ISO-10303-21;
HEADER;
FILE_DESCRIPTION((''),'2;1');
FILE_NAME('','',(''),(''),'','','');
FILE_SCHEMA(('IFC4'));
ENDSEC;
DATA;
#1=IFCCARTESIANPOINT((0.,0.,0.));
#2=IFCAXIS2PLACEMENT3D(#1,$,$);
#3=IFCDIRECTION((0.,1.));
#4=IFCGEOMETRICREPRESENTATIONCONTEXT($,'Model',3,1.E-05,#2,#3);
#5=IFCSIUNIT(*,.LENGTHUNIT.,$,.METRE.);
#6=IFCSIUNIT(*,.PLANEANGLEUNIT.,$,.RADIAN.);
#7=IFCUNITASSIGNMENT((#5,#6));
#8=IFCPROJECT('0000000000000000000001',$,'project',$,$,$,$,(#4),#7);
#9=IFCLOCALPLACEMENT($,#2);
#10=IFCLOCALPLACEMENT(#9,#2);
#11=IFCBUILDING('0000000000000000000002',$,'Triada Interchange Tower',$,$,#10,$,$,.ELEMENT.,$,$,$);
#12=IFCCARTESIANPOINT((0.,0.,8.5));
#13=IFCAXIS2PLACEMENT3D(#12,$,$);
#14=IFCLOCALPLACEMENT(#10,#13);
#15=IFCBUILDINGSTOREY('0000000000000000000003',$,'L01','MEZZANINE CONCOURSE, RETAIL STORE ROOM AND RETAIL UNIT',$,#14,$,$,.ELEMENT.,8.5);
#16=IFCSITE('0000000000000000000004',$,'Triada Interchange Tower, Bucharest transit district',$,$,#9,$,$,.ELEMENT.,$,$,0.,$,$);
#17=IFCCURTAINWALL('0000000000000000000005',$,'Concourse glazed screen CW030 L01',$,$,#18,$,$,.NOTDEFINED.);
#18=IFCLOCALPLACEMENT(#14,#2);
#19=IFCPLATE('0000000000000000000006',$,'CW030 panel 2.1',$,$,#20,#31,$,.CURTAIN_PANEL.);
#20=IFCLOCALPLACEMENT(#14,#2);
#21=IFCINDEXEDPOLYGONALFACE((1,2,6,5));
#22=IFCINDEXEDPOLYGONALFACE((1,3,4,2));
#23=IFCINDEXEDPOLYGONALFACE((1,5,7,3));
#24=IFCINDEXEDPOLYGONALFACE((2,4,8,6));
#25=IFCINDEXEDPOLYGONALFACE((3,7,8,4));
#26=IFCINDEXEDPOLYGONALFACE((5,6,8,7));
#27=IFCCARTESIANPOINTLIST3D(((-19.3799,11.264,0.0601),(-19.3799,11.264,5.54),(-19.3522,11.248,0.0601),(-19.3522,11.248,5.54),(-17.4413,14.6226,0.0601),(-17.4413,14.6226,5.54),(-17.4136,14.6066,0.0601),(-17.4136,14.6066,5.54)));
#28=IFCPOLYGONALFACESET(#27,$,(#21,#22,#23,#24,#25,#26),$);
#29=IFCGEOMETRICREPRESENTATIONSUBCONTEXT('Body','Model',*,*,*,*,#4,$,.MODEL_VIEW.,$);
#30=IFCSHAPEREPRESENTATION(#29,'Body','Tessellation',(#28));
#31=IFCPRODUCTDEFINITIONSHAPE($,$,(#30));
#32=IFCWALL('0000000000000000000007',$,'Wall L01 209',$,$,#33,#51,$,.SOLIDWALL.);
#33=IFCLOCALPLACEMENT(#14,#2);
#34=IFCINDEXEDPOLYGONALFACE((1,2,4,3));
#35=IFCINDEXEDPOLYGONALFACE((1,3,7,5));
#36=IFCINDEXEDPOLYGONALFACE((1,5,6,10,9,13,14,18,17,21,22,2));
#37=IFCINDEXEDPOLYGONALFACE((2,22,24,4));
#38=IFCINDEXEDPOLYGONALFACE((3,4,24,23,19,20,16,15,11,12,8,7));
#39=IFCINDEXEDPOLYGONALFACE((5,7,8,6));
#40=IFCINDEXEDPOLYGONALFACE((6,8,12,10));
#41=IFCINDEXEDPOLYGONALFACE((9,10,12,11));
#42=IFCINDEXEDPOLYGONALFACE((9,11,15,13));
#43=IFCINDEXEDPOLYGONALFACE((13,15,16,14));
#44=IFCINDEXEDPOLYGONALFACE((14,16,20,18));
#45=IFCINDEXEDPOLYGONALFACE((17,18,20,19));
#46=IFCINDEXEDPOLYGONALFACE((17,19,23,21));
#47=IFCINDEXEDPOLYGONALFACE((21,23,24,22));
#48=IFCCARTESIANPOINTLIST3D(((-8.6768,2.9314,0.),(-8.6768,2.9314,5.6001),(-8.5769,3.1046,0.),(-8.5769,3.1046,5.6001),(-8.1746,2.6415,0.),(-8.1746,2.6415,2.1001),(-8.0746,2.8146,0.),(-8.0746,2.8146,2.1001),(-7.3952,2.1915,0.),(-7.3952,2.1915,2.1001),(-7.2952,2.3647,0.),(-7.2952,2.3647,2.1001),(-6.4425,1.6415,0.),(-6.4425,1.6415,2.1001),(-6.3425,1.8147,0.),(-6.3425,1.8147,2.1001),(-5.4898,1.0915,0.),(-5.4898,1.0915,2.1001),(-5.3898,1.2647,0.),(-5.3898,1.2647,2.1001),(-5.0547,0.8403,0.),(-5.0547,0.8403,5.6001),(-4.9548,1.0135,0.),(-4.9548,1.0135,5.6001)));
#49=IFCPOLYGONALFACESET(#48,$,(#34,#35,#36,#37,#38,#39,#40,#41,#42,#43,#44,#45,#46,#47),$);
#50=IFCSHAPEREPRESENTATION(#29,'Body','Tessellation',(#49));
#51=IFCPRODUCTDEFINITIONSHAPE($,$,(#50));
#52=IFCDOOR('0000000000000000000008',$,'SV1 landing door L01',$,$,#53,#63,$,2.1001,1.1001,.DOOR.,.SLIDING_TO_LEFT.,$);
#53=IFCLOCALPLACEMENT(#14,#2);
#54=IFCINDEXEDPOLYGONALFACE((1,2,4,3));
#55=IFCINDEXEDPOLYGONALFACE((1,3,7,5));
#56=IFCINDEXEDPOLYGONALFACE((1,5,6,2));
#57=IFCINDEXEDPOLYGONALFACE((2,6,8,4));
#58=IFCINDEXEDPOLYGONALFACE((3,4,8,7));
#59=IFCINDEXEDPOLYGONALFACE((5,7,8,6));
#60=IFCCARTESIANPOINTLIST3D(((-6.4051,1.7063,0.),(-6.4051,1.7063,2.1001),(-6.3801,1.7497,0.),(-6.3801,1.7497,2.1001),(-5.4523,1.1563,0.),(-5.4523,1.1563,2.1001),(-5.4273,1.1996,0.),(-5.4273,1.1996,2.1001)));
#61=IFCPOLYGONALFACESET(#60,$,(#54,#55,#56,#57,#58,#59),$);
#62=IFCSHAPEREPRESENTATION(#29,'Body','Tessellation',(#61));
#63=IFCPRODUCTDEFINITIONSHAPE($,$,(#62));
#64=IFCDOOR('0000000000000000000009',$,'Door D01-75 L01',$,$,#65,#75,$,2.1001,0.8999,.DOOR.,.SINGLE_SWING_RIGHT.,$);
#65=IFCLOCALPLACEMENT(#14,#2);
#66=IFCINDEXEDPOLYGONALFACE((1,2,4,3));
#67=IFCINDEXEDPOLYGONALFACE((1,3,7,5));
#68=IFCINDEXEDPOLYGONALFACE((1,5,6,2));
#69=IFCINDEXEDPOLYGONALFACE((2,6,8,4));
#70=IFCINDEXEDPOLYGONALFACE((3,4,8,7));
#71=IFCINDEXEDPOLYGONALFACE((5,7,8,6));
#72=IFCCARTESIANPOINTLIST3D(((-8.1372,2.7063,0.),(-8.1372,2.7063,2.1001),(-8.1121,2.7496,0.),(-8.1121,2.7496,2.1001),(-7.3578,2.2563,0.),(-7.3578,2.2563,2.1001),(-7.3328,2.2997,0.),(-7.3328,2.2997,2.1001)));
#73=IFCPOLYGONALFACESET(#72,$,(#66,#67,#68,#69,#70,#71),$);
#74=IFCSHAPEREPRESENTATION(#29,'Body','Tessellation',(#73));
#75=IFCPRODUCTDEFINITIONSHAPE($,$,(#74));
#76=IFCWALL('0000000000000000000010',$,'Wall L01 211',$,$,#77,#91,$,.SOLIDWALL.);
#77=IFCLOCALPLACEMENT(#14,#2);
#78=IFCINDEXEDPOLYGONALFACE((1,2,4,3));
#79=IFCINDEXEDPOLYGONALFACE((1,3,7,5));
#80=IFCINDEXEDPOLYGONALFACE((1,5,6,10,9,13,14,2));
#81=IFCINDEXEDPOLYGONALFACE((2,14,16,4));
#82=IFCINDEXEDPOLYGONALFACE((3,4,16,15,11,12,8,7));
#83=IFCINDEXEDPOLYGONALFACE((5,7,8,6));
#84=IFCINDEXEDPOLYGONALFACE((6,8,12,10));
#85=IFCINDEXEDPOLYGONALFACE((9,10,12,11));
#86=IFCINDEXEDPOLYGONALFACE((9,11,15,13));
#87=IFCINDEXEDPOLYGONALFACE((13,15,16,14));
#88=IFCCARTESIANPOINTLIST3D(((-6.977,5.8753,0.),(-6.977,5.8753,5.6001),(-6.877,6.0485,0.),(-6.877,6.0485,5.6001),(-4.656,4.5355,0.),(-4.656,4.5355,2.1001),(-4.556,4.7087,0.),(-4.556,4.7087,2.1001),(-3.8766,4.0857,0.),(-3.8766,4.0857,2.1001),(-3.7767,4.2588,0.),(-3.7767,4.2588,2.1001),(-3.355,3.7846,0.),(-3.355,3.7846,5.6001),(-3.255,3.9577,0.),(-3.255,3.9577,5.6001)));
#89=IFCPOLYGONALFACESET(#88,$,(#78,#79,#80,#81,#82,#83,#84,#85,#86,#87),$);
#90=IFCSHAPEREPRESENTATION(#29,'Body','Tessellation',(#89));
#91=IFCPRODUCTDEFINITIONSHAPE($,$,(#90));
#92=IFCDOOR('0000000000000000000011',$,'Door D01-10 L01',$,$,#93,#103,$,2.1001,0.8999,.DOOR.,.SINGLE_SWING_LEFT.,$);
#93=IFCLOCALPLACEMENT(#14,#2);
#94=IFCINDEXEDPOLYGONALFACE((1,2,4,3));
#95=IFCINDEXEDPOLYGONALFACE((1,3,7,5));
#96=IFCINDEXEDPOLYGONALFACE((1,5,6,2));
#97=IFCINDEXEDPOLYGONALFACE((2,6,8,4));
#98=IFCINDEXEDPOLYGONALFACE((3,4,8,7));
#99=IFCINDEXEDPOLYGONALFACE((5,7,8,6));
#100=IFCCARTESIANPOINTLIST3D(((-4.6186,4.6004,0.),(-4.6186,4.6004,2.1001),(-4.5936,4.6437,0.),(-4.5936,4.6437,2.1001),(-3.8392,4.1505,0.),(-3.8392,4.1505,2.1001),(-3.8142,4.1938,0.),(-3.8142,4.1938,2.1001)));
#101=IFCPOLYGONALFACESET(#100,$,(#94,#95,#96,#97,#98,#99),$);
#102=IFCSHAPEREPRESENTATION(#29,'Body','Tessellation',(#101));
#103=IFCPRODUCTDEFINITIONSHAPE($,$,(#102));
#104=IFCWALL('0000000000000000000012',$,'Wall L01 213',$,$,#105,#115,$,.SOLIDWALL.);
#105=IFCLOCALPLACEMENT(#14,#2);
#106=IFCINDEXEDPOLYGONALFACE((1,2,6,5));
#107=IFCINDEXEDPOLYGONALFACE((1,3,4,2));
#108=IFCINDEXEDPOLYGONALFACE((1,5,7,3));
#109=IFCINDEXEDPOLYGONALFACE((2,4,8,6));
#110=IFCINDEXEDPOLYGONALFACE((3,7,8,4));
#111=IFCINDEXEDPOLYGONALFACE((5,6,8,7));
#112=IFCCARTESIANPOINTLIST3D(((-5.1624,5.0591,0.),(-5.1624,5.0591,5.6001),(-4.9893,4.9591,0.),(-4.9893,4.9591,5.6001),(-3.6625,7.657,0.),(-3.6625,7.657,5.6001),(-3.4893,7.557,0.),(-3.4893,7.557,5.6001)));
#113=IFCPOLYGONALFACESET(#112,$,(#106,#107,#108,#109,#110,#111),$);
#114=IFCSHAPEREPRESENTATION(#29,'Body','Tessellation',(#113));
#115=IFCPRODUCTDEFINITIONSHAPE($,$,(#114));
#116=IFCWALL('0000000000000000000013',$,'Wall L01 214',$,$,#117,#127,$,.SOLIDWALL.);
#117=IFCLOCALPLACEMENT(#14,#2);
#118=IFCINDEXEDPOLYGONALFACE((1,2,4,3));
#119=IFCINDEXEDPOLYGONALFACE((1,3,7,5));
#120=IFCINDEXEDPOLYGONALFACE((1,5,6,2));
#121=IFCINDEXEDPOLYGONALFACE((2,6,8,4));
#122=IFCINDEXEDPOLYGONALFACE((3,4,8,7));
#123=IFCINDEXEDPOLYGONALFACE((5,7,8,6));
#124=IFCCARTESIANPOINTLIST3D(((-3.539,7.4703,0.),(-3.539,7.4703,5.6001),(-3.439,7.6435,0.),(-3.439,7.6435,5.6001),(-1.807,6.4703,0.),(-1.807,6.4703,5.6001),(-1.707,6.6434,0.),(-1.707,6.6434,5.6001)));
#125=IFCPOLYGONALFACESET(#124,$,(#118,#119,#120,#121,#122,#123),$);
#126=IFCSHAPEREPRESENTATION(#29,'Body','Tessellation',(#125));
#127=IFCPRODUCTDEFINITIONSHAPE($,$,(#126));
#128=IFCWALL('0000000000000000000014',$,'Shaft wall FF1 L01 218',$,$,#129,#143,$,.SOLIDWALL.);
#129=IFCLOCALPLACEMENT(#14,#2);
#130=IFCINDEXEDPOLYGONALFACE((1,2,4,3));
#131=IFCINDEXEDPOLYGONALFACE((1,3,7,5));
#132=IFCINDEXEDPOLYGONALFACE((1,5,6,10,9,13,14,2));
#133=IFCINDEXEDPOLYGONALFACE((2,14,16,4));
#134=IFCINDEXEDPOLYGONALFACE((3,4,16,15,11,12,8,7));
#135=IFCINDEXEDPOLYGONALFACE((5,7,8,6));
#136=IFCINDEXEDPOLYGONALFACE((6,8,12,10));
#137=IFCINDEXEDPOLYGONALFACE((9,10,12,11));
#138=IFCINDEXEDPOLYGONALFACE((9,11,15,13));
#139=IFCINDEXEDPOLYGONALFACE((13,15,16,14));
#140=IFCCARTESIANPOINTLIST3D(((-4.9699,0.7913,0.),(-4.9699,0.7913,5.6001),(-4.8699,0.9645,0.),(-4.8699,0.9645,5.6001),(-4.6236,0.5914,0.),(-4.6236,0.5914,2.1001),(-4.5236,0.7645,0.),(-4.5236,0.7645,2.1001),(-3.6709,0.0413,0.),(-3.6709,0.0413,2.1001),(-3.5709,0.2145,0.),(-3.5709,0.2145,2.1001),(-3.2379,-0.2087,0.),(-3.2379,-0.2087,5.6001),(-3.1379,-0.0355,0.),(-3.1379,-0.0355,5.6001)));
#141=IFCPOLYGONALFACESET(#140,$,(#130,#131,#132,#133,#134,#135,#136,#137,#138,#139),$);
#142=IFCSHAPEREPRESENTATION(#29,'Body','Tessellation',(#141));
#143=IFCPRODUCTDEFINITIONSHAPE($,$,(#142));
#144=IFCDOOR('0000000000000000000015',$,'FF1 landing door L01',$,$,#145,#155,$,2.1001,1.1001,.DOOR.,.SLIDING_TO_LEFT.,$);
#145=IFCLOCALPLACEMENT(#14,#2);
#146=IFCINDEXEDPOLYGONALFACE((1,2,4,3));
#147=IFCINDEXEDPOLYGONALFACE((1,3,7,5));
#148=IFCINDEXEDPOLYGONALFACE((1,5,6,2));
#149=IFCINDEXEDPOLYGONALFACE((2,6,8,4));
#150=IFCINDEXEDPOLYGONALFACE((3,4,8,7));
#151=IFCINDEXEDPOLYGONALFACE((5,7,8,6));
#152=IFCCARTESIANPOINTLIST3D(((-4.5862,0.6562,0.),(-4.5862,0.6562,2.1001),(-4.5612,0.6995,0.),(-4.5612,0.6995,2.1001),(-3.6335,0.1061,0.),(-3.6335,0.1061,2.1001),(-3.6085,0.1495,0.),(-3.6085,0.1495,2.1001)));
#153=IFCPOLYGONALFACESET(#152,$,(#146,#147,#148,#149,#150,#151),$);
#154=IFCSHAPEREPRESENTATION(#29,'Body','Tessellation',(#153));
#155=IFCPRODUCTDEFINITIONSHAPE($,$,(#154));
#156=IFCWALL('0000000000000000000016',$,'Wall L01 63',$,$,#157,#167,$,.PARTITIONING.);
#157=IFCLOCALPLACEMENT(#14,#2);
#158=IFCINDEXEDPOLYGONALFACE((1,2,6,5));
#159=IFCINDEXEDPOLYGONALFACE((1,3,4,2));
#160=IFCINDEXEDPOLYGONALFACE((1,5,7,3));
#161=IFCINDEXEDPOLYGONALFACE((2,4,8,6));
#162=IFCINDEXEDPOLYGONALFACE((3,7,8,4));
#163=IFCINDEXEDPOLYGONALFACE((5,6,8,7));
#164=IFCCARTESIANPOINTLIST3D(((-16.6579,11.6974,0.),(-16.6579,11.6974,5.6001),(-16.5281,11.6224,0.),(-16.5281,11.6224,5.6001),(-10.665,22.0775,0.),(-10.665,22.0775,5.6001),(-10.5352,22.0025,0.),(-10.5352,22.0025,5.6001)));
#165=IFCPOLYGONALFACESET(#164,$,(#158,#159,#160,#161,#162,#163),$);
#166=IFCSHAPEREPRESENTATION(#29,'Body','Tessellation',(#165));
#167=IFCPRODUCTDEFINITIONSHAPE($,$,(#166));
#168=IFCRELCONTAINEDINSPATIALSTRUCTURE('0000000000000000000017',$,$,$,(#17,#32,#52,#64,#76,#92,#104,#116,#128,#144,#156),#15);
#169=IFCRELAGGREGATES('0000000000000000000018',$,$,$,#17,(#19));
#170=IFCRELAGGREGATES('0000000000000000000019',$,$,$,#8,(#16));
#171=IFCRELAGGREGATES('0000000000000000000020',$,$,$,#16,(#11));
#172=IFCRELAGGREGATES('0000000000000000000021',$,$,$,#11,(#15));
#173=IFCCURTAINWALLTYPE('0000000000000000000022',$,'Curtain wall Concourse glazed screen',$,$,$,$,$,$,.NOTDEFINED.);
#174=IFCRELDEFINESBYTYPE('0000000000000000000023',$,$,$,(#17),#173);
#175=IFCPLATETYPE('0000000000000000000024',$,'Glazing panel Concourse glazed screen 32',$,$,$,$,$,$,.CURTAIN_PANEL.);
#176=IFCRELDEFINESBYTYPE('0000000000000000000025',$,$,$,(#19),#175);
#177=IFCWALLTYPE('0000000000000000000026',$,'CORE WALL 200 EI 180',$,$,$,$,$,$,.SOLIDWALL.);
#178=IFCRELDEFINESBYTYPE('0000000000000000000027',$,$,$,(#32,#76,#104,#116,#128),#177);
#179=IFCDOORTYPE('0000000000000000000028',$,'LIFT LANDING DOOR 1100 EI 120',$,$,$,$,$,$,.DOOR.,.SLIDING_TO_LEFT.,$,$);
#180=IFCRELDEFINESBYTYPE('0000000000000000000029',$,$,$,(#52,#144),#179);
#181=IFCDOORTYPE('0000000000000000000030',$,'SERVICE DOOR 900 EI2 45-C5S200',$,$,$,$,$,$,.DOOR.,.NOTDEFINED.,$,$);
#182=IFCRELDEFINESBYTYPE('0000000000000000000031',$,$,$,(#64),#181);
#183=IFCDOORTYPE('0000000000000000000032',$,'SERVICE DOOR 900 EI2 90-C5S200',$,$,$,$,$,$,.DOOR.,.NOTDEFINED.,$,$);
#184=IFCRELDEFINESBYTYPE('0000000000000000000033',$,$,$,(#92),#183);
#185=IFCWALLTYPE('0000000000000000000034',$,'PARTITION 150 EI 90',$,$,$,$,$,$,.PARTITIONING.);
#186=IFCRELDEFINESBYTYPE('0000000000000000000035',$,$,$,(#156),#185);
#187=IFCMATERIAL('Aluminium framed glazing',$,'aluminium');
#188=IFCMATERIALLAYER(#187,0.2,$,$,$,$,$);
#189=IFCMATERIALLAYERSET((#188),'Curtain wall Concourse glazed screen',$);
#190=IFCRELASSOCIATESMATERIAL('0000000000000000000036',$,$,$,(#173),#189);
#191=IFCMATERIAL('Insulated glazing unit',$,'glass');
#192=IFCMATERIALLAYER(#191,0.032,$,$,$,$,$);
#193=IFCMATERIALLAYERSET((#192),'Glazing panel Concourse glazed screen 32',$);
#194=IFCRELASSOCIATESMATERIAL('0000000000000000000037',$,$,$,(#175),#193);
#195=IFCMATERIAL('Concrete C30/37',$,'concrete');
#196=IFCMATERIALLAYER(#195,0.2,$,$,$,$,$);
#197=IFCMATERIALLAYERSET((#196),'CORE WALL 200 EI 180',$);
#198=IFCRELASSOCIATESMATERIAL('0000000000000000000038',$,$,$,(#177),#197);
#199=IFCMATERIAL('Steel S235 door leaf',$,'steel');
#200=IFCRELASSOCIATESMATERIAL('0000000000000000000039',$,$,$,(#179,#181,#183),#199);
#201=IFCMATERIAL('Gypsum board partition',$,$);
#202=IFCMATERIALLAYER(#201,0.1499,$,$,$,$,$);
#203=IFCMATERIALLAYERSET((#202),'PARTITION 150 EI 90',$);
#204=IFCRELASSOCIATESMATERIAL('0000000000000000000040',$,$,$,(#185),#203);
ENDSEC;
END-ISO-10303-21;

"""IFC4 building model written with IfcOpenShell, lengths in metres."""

from ifc_helpers import new_model, si_unit, direction, frame, frame_2d, origin, origin_2d, place, context, subcontext, project, spatial, rectangle, extrude, material, layer, layer_set, type_object, element, fill, aggregate, save


model = new_model("IFC4")

# Units and contexts
model_context = context("Model", 3, precision=1e-05, world=origin(), true_north=direction((0.0, 1.0)))
body_context = subcontext(model_context, "Body", "Model", "MODEL_VIEW")
ifc_project = project(units=[si_unit("LENGTHUNIT", "METRE"), si_unit("PLANEANGLEUNIT", "RADIAN")], contexts=[model_context])

# Site, building, storey
site_placement = place(None, origin())
site = spatial("IfcSite", under=ifc_project, at=site_placement, Name="Triada Interchange Tower, Bucharest transit district", CompositionType="ELEMENT", RefElevation=0.0)
building_placement = place(site_placement, origin())
building = spatial("IfcBuilding", under=site, at=building_placement, Name="Triada Interchange Tower", CompositionType="ELEMENT")
storey_placement = place(building_placement, frame((0.0, 0.0, 8.5)))
storey = spatial("IfcBuildingStorey", under=building, at=storey_placement, Name="L01", Description="MEZZANINE CONCOURSE, RETAIL STORE ROOM AND RETAIL UNIT", CompositionType="ELEMENT", Elevation=8.5)

# Curtain wall, plate
ifc_material_1 = material(Name="Aluminium framed glazing", Category="aluminium")
ifc_layer_1 = layer(ifc_material_1, 0.2)
ifc_layer_set_1 = layer_set([ifc_layer_1], Name="Curtain wall Concourse glazed screen")
curtain_wall_type = type_object("IfcCurtainWallType", Name="Curtain wall Concourse glazed screen", PredefinedType="NOTDEFINED", material=ifc_layer_set_1)
curtain_wall_placement = place(storey_placement, origin())
curtain_wall = element("IfcCurtainWall", 1, at=curtain_wall_placement, inside=storey, type_object=curtain_wall_type, Name="Concourse glazed screen CW030 L01", PredefinedType="NOTDEFINED")
ifc_material_2 = material(Name="Insulated glazing unit", Category="glass")
ifc_layer_2 = layer(ifc_material_2, 0.032)
ifc_layer_set_2 = layer_set([ifc_layer_2], Name="Glazing panel Concourse glazed screen 32")
plate_type = type_object("IfcPlateType", Name="Glazing panel Concourse glazed screen 32", PredefinedType="CURTAIN_PANEL", material=ifc_layer_set_2)
plate_placement = place(storey_placement, frame((-18.3967, 12.9353, 0.0601), z_axis=(0.0, 0.0, 1.0), x_axis=(-0.499893, -0.866087, 0.0)))
plate = element("IfcPlate", 2, at=plate_placement, type_object=plate_type, Name="CW030 panel 2.1", PredefinedType="CURTAIN_PANEL", context=body_context, shape_type="SweptSolid", body=[
    extrude(rectangle(XDim=3.8779, YDim=0.032, at=origin_2d()), origin(), (0.0, 0.0, 1.0), 5.48),
])
aggregate(curtain_wall, [plate])

# Wall, openings, doors
ifc_material_3 = material(Name="Concrete C30/37", Category="concrete")
ifc_layer_3 = layer(ifc_material_3, 0.2)
ifc_layer_set_3 = layer_set([ifc_layer_3], Name="CORE WALL 200 EI 180")
wall_type_1 = type_object("IfcWallType", Name="CORE WALL 200 EI 180", PredefinedType="SOLIDWALL", material=ifc_layer_set_3)
wall_1_placement = place(storey_placement, frame((-8.627, 3.0181, 0.0), z_axis=(0.0, 0.0, 1.0), x_axis=(0.86604, -0.499975, 0.0)))
wall_1 = element("IfcWall", 3, at=wall_1_placement, inside=storey, type_object=wall_type_1, Name="Wall L01 209", PredefinedType="SOLIDWALL", context=body_context, shape_type="SweptSolid", body=[
    extrude(rectangle(XDim=4.1824, YDim=0.2, at=frame_2d((2.0913, 0.0))), origin(), (0.0, 0.0, 1.0), 5.6001),
])
opening_1_placement = place(wall_1_placement, frame((2.5801, 0.0, 0.0)))
opening_1 = element("IfcOpeningElement", 4, at=opening_1_placement, cuts=wall_1, PredefinedType="OPENING", context=body_context, shape_type="SweptSolid", body=[
    extrude(rectangle(XDim=1.1001, YDim=2.1001, at=frame_2d((0.55, 1.05))), frame((0.0, 0.1099, 0.0), z_axis=(0.0, -1.0, 0.0), x_axis=(1.0, 0.0, 0.0)), (0.0, 0.0, 1.0), 0.22),
])
opening_2_placement = place(wall_1_placement, frame((0.5801, 0.0, 0.0)))
opening_2 = element("IfcOpeningElement", 5, at=opening_2_placement, cuts=wall_1, PredefinedType="OPENING", context=body_context, shape_type="SweptSolid", body=[
    extrude(rectangle(XDim=0.8999, YDim=2.1001, at=frame_2d((0.45, 1.05))), frame((0.0, 0.1099, 0.0), z_axis=(0.0, -1.0, 0.0), x_axis=(1.0, 0.0, 0.0)), (0.0, 0.0, 1.0), 0.22),
])
ifc_material_4 = material(Name="Steel S235 door leaf", Category="steel")
door_type_1 = type_object("IfcDoorType", Name="LIFT LANDING DOOR 1100 EI 120", OperationType="SLIDING_TO_LEFT", PredefinedType="DOOR", material=ifc_material_4)
door_1_placement = place(opening_1_placement, origin())
door_1 = element("IfcDoor", 6, at=door_1_placement, inside=storey, type_object=door_type_1, Name="SV1 landing door L01", OperationType="SLIDING_TO_LEFT", OverallHeight=2.1001, OverallWidth=1.1001, PredefinedType="DOOR", context=body_context, shape_type="SweptSolid", body=[
    extrude(rectangle(XDim=1.1001, YDim=2.1001, at=frame_2d((0.55, 1.05))), frame((0.0, 0.0249, 0.0), z_axis=(0.0, -1.0, 0.0), x_axis=(1.0, 0.0, 0.0)), (0.0, 0.0, 1.0), 0.05),
])
fill(opening_1, door_1)
door_type_2 = type_object("IfcDoorType", Name="SERVICE DOOR 900 EI2 45-C5S200", OperationType="NOTDEFINED", PredefinedType="DOOR", material=ifc_material_4)
door_2_placement = place(opening_2_placement, origin())
door_2 = element("IfcDoor", 7, at=door_2_placement, inside=storey, type_object=door_type_2, Name="Door D01-75 L01", OperationType="SINGLE_SWING_RIGHT", OverallHeight=2.1001, OverallWidth=0.8999, PredefinedType="DOOR", context=body_context, shape_type="SweptSolid", body=[
    extrude(rectangle(XDim=0.8999, YDim=2.1001, at=frame_2d((0.45, 1.05))), frame((0.0, 0.0249, 0.0), z_axis=(0.0, -1.0, 0.0), x_axis=(1.0, 0.0, 0.0)), (0.0, 0.0, 1.0), 0.05),
])
fill(opening_2, door_2)

# Wall, opening, door
wall_2_placement = place(storey_placement, frame((-6.927, 5.9619, 0.0), z_axis=(0.0, 0.0, 1.0), x_axis=(0.866065, -0.499931, 0.0)))
wall_2 = element("IfcWall", 8, at=wall_2_placement, inside=storey, type_object=wall_type_1, Name="Wall L01 211", PredefinedType="SOLIDWALL", context=body_context, shape_type="SweptSolid", body=[
    extrude(rectangle(XDim=4.1821, YDim=0.2, at=frame_2d((2.0911, 0.0))), origin(), (0.0, 0.0, 1.0), 5.6001),
])
opening_3_placement = place(wall_2_placement, frame((2.6799, 0.0, 0.0)))
opening_3 = element("IfcOpeningElement", 9, at=opening_3_placement, cuts=wall_2, PredefinedType="OPENING", context=body_context, shape_type="SweptSolid", body=[
    extrude(rectangle(XDim=0.8999, YDim=2.1001, at=frame_2d((0.45, 1.05))), frame((0.0, 0.1099, 0.0), z_axis=(0.0, -1.0, 0.0), x_axis=(1.0, 0.0, 0.0)), (0.0, 0.0, 1.0), 0.22),
])
door_type_3 = type_object("IfcDoorType", Name="SERVICE DOOR 900 EI2 90-C5S200", OperationType="NOTDEFINED", PredefinedType="DOOR", material=ifc_material_4)
door_3_placement = place(opening_3_placement, origin())
door_3 = element("IfcDoor", 10, at=door_3_placement, inside=storey, type_object=door_type_3, Name="Door D01-10 L01", OperationType="SINGLE_SWING_LEFT", OverallHeight=2.1001, OverallWidth=0.8999, PredefinedType="DOOR", context=body_context, shape_type="SweptSolid", body=[
    extrude(rectangle(XDim=0.8999, YDim=2.1001, at=frame_2d((0.45, 1.05))), frame((0.0, 0.0249, 0.0), z_axis=(0.0, -1.0, 0.0), x_axis=(1.0, 0.0, 0.0)), (0.0, 0.0, 1.0), 0.05),
])
fill(opening_3, door_3)

# Walls
wall_3_placement = place(storey_placement, frame((-5.0759, 5.009, 0.0), z_axis=(0.0, 0.0, 1.0), x_axis=(0.500025, 0.866011, 0.0)))
element("IfcWall", 11, at=wall_3_placement, inside=storey, type_object=wall_type_1, Name="Wall L01 213", PredefinedType="SOLIDWALL", context=body_context, shape_type="SweptSolid", body=[
    extrude(rectangle(XDim=2.9998, YDim=0.2, at=frame_2d((1.5, 0.0))), origin(), (0.0, 0.0, 1.0), 5.6001),
])
wall_4_placement = place(storey_placement, frame((-3.489, 7.5569, 0.0), z_axis=(0.0, 0.0, 1.0), x_axis=(0.866011, -0.500025, 0.0)))
element("IfcWall", 12, at=wall_4_placement, inside=storey, type_object=wall_type_1, Name="Wall L01 214", PredefinedType="SOLIDWALL", context=body_context, shape_type="SweptSolid", body=[
    extrude(rectangle(XDim=2.0, YDim=0.2, at=frame_2d((1.0, 0.0))), origin(), (0.0, 0.0, 1.0), 5.6001),
])

# Wall, opening, door
wall_5_placement = place(storey_placement, frame((-4.9199, 0.8779, 0.0), z_axis=(0.0, 0.0, 1.0), x_axis=(0.866011, -0.500025, 0.0)))
wall_5 = element("IfcWall", 13, at=wall_5_placement, inside=storey, type_object=wall_type_1, Name="Shaft wall FF1 L01 218", PredefinedType="SOLIDWALL", context=body_context, shape_type="SweptSolid", body=[
    extrude(rectangle(XDim=2.0, YDim=0.2, at=frame_2d((1.0, 0.0))), origin(), (0.0, 0.0, 1.0), 5.6001),
])
opening_4_placement = place(wall_5_placement, frame((0.3999, 0.0, 0.0)))
opening_4 = element("IfcOpeningElement", 14, at=opening_4_placement, cuts=wall_5, PredefinedType="OPENING", context=body_context, shape_type="SweptSolid", body=[
    extrude(rectangle(XDim=1.1001, YDim=2.1001, at=frame_2d((0.55, 1.05))), frame((0.0, 0.1099, 0.0), z_axis=(0.0, -1.0, 0.0), x_axis=(1.0, 0.0, 0.0)), (0.0, 0.0, 1.0), 0.22),
])
door_4_placement = place(opening_4_placement, origin())
door_4 = element("IfcDoor", 15, at=door_4_placement, inside=storey, type_object=door_type_1, Name="FF1 landing door L01", OperationType="SLIDING_TO_LEFT", OverallHeight=2.1001, OverallWidth=1.1001, PredefinedType="DOOR", context=body_context, shape_type="SweptSolid", body=[
    extrude(rectangle(XDim=1.1001, YDim=2.1001, at=frame_2d((0.55, 1.05))), frame((0.0, 0.0249, 0.0), z_axis=(0.0, -1.0, 0.0), x_axis=(1.0, 0.0, 0.0)), (0.0, 0.0, 1.0), 0.05),
])
fill(opening_4, door_4)

# Wall
ifc_material_5 = material(Name="Gypsum board partition")
ifc_layer_4 = layer(ifc_material_5, 0.1499)
ifc_layer_set_4 = layer_set([ifc_layer_4], Name="PARTITION 150 EI 90")
wall_type_2 = type_object("IfcWallType", Name="PARTITION 150 EI 90", PredefinedType="PARTITIONING", material=ifc_layer_set_4)
wall_6_placement = place(storey_placement, frame((-16.593, 11.6599, 0.0), z_axis=(0.0, 0.0, 1.0), x_axis=(0.499997, 0.866027, 0.0)))
element("IfcWall", 16, at=wall_6_placement, inside=storey, type_object=wall_type_2, Name="Wall L01 63", PredefinedType="PARTITIONING", context=body_context, shape_type="SweptSolid", body=[
    extrude(rectangle(XDim=11.9858, YDim=0.1499, at=frame_2d((5.9929, 0.0))), origin(), (0.0, 0.0, 1.0), 5.6001),
])

save(model, "model.ifc")
